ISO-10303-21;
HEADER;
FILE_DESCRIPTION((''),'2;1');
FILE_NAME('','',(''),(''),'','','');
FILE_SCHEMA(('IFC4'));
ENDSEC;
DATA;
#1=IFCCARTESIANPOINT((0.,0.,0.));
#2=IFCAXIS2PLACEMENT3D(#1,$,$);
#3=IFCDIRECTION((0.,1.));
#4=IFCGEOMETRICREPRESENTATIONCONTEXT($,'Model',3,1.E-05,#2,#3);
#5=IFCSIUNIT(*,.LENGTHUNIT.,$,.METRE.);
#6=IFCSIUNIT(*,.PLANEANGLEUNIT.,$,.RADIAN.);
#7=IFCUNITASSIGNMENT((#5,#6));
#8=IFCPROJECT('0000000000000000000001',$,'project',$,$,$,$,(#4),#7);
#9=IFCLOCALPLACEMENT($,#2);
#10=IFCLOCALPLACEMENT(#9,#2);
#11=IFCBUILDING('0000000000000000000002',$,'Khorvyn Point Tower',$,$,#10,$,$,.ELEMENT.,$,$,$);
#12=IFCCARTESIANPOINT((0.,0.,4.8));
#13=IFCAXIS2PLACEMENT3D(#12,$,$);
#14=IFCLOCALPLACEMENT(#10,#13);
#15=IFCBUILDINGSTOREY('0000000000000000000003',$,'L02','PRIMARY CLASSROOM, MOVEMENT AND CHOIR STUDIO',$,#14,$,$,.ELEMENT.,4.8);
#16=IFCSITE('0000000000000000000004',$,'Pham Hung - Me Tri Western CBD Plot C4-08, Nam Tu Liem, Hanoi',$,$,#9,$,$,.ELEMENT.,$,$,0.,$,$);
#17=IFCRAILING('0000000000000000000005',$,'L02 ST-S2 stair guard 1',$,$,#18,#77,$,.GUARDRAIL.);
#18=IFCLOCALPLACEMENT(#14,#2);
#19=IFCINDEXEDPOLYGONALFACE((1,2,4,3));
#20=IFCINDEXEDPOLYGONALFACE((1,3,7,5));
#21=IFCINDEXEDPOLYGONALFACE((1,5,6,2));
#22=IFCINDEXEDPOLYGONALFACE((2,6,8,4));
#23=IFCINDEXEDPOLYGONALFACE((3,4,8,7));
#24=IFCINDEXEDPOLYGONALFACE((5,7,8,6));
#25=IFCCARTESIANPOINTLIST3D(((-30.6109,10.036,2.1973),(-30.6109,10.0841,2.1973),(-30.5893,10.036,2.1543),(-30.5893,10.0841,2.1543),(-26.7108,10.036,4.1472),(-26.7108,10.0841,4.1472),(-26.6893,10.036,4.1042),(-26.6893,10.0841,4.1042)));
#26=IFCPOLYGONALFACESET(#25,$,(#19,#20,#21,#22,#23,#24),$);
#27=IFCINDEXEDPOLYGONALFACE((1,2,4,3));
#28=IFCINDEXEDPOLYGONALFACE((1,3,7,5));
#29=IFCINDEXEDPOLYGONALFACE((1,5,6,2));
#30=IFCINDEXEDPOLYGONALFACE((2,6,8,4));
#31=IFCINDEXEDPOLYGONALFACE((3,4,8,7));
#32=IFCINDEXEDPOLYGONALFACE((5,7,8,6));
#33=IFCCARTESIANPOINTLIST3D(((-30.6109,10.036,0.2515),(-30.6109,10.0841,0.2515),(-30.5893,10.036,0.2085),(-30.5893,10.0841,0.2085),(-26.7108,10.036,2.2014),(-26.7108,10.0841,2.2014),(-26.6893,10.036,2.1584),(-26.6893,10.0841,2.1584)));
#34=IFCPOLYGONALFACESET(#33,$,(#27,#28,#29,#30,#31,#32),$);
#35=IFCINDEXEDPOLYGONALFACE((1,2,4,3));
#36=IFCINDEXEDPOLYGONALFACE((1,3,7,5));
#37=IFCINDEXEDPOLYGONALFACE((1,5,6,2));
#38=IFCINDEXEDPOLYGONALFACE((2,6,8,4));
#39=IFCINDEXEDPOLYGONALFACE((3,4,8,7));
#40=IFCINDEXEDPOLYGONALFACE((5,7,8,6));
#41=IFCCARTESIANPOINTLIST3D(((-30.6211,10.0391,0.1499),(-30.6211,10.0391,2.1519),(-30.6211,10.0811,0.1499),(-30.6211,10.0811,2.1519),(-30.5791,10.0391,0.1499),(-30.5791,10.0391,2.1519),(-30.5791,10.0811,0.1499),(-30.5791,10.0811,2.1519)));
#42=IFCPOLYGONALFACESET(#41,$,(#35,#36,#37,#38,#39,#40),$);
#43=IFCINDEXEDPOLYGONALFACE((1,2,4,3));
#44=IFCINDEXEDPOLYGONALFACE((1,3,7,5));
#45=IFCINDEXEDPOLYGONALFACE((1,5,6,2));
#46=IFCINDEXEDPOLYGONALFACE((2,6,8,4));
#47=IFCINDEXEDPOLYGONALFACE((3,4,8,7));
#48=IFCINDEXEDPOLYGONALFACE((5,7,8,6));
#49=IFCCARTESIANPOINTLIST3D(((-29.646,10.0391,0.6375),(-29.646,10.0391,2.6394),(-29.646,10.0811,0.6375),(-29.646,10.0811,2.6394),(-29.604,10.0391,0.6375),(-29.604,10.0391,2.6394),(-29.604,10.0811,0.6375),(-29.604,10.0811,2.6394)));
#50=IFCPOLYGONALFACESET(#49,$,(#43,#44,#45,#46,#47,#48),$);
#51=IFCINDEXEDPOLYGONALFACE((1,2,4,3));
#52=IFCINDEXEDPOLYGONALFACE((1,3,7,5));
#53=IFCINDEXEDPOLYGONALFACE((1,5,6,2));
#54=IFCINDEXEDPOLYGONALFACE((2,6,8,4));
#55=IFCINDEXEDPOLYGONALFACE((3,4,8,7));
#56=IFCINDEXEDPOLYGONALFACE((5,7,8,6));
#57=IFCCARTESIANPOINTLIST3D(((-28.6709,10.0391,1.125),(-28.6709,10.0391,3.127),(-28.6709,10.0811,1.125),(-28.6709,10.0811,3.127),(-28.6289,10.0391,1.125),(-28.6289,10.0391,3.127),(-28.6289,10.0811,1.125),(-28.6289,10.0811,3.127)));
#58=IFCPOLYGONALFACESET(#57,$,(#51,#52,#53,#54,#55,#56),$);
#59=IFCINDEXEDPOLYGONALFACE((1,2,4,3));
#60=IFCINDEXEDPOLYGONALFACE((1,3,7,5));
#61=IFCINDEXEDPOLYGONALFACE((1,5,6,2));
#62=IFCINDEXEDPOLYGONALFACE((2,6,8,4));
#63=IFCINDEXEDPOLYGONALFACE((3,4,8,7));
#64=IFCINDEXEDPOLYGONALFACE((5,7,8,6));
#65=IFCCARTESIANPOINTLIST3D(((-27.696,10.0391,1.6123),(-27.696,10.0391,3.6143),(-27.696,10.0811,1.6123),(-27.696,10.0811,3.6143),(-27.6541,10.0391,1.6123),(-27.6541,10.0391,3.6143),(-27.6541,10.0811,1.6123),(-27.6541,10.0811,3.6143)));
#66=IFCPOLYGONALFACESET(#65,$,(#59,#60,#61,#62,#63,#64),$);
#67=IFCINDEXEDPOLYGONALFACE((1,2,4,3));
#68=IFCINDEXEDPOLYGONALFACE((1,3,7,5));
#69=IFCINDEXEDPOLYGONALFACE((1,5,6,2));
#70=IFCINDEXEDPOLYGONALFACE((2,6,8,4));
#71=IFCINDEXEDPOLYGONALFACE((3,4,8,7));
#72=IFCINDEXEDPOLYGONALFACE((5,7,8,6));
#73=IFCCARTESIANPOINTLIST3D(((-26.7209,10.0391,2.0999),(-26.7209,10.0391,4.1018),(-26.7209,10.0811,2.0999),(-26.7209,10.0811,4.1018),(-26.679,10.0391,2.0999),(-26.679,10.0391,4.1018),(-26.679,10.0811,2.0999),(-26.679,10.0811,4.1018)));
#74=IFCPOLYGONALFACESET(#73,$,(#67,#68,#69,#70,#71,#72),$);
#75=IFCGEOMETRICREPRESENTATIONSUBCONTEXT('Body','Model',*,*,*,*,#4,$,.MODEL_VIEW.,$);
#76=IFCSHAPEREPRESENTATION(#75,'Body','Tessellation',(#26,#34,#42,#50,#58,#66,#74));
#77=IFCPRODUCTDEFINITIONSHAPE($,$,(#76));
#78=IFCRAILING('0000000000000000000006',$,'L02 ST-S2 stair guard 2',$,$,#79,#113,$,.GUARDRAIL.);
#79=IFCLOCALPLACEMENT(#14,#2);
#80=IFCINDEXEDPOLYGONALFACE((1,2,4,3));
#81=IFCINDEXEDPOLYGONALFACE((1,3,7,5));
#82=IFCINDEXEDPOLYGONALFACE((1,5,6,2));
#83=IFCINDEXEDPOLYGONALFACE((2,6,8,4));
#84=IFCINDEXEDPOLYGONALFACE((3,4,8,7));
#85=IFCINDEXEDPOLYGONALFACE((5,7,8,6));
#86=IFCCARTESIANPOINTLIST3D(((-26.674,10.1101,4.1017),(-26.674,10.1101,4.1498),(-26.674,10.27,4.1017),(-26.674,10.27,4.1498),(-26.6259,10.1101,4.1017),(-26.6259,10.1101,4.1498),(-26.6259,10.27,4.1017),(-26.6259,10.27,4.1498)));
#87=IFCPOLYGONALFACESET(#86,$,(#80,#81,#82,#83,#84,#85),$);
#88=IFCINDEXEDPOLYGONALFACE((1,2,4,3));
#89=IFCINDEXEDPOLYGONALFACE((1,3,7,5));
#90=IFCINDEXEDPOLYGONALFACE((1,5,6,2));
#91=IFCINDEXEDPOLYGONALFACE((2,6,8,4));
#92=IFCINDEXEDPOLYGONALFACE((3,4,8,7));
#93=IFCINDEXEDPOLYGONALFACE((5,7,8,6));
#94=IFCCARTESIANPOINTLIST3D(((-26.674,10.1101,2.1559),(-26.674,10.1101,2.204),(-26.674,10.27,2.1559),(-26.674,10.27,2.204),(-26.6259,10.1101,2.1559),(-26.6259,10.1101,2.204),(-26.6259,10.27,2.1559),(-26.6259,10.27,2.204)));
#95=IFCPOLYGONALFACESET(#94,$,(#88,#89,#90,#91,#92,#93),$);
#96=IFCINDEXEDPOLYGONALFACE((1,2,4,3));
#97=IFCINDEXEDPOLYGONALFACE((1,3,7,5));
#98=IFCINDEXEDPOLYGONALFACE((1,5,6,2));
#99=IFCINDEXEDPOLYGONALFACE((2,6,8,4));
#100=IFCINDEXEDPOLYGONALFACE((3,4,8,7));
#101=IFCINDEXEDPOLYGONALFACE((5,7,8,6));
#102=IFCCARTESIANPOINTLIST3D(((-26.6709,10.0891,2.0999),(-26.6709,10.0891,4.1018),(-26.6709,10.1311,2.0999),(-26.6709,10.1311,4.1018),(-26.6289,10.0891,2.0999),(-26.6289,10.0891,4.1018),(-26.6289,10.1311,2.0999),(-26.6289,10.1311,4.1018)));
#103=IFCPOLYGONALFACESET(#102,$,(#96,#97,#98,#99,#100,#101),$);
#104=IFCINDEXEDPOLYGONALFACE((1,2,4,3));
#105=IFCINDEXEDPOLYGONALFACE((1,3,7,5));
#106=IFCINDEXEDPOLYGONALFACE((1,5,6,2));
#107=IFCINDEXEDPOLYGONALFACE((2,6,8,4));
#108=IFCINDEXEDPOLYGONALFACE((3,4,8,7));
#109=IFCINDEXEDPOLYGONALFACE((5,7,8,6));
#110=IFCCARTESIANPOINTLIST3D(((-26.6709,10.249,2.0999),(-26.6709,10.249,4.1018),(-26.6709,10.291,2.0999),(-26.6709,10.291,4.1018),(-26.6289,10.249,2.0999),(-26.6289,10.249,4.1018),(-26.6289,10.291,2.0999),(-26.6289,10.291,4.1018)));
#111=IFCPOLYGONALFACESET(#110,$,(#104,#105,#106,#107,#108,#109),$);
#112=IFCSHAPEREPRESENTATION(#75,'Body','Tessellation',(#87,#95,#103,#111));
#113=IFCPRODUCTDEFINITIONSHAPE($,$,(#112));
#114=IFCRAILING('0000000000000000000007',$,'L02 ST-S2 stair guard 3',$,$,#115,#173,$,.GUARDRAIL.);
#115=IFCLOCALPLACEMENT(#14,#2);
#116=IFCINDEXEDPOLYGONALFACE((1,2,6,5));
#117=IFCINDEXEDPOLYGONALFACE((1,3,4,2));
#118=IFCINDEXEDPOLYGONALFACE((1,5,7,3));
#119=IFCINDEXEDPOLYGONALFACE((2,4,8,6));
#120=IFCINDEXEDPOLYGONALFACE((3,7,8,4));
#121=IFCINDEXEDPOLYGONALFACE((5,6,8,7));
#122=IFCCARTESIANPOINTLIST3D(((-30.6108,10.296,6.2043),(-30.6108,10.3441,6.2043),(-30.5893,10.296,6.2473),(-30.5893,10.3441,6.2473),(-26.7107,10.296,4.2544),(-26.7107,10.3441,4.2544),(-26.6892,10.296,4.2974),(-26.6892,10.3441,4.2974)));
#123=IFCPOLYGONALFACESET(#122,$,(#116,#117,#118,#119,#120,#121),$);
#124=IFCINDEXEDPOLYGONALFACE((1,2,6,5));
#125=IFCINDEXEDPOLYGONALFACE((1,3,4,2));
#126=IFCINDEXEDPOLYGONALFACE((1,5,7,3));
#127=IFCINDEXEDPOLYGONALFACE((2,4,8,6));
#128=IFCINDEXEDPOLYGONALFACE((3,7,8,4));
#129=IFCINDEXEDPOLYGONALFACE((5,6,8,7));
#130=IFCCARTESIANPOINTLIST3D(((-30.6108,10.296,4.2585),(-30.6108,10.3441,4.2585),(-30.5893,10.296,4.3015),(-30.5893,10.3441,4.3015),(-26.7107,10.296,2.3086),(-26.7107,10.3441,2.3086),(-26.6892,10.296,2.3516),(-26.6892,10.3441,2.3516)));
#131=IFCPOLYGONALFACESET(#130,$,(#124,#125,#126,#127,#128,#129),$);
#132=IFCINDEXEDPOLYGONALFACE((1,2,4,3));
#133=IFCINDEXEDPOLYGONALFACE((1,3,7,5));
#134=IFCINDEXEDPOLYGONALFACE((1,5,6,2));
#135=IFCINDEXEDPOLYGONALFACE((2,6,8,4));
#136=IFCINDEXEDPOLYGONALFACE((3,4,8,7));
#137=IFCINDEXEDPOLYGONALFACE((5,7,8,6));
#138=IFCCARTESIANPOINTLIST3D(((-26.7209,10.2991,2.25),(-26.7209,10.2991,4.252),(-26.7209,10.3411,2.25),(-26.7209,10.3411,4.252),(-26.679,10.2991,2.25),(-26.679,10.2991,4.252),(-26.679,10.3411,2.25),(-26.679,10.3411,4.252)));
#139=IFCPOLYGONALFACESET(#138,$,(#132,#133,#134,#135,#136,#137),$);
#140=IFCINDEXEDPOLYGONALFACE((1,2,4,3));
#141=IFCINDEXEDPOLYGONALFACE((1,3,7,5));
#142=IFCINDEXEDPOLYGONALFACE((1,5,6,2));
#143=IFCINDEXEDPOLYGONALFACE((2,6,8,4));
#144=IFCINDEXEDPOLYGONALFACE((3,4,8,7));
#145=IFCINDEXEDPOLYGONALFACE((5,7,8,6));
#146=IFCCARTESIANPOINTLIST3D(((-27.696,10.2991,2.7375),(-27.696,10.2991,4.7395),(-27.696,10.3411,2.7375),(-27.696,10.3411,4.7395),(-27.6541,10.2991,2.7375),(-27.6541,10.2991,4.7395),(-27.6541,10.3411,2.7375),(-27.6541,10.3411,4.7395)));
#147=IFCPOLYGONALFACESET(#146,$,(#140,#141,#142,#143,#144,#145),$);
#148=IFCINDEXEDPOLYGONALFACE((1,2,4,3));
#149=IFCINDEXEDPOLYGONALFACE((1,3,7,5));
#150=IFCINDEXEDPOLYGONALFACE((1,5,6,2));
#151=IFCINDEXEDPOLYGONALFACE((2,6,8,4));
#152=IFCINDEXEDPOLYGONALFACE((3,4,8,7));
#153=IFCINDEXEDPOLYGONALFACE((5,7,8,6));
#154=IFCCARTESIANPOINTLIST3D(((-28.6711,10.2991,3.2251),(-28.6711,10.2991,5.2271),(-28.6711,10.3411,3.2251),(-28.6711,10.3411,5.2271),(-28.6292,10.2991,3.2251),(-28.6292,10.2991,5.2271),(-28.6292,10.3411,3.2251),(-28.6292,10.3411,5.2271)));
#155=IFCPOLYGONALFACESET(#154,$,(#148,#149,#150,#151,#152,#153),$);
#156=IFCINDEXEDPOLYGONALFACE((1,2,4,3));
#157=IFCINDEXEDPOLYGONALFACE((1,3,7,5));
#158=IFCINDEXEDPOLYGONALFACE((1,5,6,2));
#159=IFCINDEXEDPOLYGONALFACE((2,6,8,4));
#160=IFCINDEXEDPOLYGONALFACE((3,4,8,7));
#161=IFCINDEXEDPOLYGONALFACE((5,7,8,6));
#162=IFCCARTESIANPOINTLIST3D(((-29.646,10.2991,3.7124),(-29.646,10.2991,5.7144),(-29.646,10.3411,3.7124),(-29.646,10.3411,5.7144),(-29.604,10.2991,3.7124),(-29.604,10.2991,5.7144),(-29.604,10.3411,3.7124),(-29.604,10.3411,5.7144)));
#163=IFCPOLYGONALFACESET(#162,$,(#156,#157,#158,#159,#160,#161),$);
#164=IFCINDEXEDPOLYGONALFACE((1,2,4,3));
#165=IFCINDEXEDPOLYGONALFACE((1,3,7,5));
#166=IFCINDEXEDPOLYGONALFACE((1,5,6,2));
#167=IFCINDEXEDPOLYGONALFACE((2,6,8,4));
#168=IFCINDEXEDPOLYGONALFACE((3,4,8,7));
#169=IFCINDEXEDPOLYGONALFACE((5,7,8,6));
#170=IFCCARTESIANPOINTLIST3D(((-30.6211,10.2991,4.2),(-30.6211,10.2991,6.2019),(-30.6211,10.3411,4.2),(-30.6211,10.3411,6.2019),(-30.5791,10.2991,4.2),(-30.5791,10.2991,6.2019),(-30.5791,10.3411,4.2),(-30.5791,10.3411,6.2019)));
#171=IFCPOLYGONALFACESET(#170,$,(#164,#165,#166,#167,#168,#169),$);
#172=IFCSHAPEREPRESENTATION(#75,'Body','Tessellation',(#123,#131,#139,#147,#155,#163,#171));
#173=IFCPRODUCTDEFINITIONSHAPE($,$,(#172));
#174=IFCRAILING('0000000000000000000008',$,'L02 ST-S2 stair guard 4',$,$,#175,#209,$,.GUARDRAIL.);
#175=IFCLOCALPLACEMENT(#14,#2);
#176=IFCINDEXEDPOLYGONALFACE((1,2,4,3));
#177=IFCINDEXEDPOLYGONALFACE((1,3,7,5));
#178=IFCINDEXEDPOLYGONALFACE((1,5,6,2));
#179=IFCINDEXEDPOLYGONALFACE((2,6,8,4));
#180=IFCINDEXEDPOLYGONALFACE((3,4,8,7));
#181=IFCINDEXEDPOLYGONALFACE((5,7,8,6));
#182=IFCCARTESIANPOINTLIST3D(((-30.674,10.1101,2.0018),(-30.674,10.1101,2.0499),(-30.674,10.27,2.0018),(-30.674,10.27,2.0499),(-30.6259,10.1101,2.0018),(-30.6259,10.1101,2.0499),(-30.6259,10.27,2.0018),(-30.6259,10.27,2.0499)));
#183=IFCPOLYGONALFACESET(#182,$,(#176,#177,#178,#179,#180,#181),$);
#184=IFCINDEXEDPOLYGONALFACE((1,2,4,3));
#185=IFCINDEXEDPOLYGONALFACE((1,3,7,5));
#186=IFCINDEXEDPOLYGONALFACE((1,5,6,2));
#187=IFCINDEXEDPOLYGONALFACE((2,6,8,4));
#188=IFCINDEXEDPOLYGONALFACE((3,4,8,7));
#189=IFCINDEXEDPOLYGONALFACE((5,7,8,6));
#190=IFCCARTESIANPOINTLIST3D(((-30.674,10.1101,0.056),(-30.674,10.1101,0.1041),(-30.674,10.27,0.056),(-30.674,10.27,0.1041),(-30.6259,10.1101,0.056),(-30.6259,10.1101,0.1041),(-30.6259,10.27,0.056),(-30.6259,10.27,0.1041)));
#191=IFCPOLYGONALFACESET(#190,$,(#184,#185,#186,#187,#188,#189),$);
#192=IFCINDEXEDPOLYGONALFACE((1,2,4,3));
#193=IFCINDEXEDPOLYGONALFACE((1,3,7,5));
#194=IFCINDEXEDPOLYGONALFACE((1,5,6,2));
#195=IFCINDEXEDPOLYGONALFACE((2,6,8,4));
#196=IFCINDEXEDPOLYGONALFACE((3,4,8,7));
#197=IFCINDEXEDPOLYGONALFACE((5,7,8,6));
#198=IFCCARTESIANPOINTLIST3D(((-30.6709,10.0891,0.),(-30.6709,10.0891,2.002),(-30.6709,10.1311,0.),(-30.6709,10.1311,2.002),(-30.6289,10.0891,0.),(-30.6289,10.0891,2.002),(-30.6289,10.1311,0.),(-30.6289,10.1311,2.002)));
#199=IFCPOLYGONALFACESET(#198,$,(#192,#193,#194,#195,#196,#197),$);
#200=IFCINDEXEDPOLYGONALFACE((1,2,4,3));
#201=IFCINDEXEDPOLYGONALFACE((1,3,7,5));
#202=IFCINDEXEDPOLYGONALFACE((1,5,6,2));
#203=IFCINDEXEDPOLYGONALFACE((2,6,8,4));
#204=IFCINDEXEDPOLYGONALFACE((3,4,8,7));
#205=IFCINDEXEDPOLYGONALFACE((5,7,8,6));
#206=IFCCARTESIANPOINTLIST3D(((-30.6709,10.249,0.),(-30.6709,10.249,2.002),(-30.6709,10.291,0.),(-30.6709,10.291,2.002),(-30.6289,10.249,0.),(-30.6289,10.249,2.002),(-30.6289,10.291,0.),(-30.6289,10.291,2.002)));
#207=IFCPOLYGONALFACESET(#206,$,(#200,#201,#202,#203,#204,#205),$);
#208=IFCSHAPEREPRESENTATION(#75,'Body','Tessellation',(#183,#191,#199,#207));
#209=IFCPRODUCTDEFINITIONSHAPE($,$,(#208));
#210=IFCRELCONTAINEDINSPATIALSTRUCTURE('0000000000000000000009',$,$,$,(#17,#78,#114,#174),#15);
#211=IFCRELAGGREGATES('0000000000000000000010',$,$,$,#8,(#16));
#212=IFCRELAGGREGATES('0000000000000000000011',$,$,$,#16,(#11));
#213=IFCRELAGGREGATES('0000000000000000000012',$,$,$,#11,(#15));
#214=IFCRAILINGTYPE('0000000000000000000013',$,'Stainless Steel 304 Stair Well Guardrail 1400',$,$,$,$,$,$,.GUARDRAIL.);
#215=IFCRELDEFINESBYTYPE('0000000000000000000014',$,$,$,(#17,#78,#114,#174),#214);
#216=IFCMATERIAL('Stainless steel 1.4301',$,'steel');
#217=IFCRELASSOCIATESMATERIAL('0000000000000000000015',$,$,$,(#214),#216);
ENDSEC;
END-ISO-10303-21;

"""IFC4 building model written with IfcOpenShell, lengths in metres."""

from ifc_helpers import new_model, si_unit, direction, frame, origin, origin_2d, place, context, subcontext, project, spatial, rectangle, extrude, material, type_object, element, save


model = new_model("IFC4")

# Units and contexts
model_context = context("Model", 3, precision=1e-05, world=origin(), true_north=direction((0.0, 1.0)))
body_context = subcontext(model_context, "Body", "Model", "MODEL_VIEW")
ifc_project = project(units=[si_unit("LENGTHUNIT", "METRE"), si_unit("PLANEANGLEUNIT", "RADIAN")], contexts=[model_context])

# Site, building, storey
site_placement = place(None, origin())
site = spatial("IfcSite", under=ifc_project, at=site_placement, Name="Pham Hung - Me Tri Western CBD Plot C4-08, Nam Tu Liem, Hanoi", CompositionType="ELEMENT", RefElevation=0.0)
building_placement = place(site_placement, origin())
building = spatial("IfcBuilding", under=site, at=building_placement, Name="Khorvyn Point Tower", CompositionType="ELEMENT")
storey_placement = place(building_placement, frame((0.0, 0.0, 4.8)))
storey = spatial("IfcBuildingStorey", under=building, at=storey_placement, Name="L02", Description="PRIMARY CLASSROOM, MOVEMENT AND CHOIR STUDIO", CompositionType="ELEMENT", Elevation=4.8)

# Railings
ifc_material_1 = material(Name="Stainless steel 1.4301", Category="steel")
railing_type_1 = type_object("IfcRailingType", Name="Stainless Steel 304 Stair Well Guardrail 1400", PredefinedType="GUARDRAIL", material=ifc_material_1)
railing_1_placement = place(storey_placement, frame((-30.6001, 10.0601, 0.1499)))
element("IfcRailing", 1, at=railing_1_placement, inside=storey, type_object=railing_type_1, Name="L02 ST-S2 stair guard 1", PredefinedType="GUARDRAIL", context=body_context, shape_type="SweptSolid", body=[
    extrude(rectangle(XDim=0.0481, YDim=0.0481, at=origin_2d()), frame((0.0, 0.0, 2.0259), z_axis=(0.894438, 0.0, 0.447191), x_axis=(0.0, 1.0, 0.0)), (0.0, 0.0, 1.0), 4.3604),
    extrude(rectangle(XDim=0.0481, YDim=0.0481, at=origin_2d()), frame((0.0, 0.0, 0.0801), z_axis=(0.894438, 0.0, 0.447191), x_axis=(0.0, 1.0, 0.0)), (0.0, 0.0, 1.0), 4.3604),
    extrude(rectangle(XDim=0.042, YDim=0.042, at=origin_2d()), origin(), (0.0, 0.0, 1.0), 2.002),
    extrude(rectangle(XDim=0.042, YDim=0.042, at=origin_2d()), frame((0.9751, 0.0, 0.4875)), (0.0, 0.0, 1.0), 2.002),
    extrude(rectangle(XDim=0.042, YDim=0.042, at=origin_2d()), frame((1.9502, 0.0, 0.9751)), (0.0, 0.0, 1.0), 2.002),
    extrude(rectangle(XDim=0.042, YDim=0.042, at=origin_2d()), frame((2.925, 0.0, 1.4624)), (0.0, 0.0, 1.0), 2.002),
    extrude(rectangle(XDim=0.042, YDim=0.042, at=origin_2d()), frame((3.9001, 0.0, 1.95)), (0.0, 0.0, 1.0), 2.002),
])
railing_2_placement = place(storey_placement, frame((-26.6499, 10.1101, 2.0999)))
element("IfcRailing", 2, at=railing_2_placement, inside=storey, type_object=railing_type_1, Name="L02 ST-S2 stair guard 2", PredefinedType="GUARDRAIL", context=body_context, shape_type="SweptSolid", body=[
    extrude(rectangle(XDim=0.0481, YDim=0.0481, at=origin_2d()), frame((0.0, 0.0, 2.0259), z_axis=(0.0, 1.0, 0.0), x_axis=(-1.0, 0.0, 0.0)), (0.0, 0.0, 1.0), 0.1599),
    extrude(rectangle(XDim=0.0481, YDim=0.0481, at=origin_2d()), frame((0.0, 0.0, 0.0801), z_axis=(0.0, 1.0, 0.0), x_axis=(-1.0, 0.0, 0.0)), (0.0, 0.0, 1.0), 0.1599),
    extrude(rectangle(XDim=0.042, YDim=0.042, at=origin_2d()), origin(), (0.0, 0.0, 1.0), 2.002),
    extrude(rectangle(XDim=0.042, YDim=0.042, at=origin_2d()), frame((0.0, 0.1599, 0.0)), (0.0, 0.0, 1.0), 2.002),
])
railing_3_placement = place(storey_placement, frame((-26.7, 10.3201, 2.25)))
element("IfcRailing", 3, at=railing_3_placement, inside=storey, type_object=railing_type_1, Name="L02 ST-S2 stair guard 3", PredefinedType="GUARDRAIL", context=body_context, shape_type="SweptSolid", body=[
    extrude(rectangle(XDim=0.0481, YDim=0.0481, at=origin_2d()), frame((0.0, 0.0, 2.0259), z_axis=(-0.894438, 0.0, 0.447191), x_axis=(0.0, -1.0, 0.0)), (0.0, 0.0, 1.0), 4.3604),
    extrude(rectangle(XDim=0.0481, YDim=0.0481, at=origin_2d()), frame((0.0, 0.0, 0.0801), z_axis=(-0.894438, 0.0, 0.447191), x_axis=(0.0, -1.0, 0.0)), (0.0, 0.0, 1.0), 4.3604),
    extrude(rectangle(XDim=0.042, YDim=0.042, at=origin_2d()), origin(), (0.0, 0.0, 1.0), 2.002),
    extrude(rectangle(XDim=0.042, YDim=0.042, at=origin_2d()), frame((-0.9751, 0.0, 0.4875)), (0.0, 0.0, 1.0), 2.002),
    extrude(rectangle(XDim=0.042, YDim=0.042, at=origin_2d()), frame((-1.9502, 0.0, 0.9751)), (0.0, 0.0, 1.0), 2.002),
    extrude(rectangle(XDim=0.042, YDim=0.042, at=origin_2d()), frame((-2.925, 0.0, 1.4624)), (0.0, 0.0, 1.0), 2.002),
    extrude(rectangle(XDim=0.042, YDim=0.042, at=origin_2d()), frame((-3.9001, 0.0, 1.95)), (0.0, 0.0, 1.0), 2.002),
])
railing_4_placement = place(storey_placement, frame((-30.6499, 10.1101, 0.0)))
element("IfcRailing", 4, at=railing_4_placement, inside=storey, type_object=railing_type_1, Name="L02 ST-S2 stair guard 4", PredefinedType="GUARDRAIL", context=body_context, shape_type="SweptSolid", body=[
    extrude(rectangle(XDim=0.0481, YDim=0.0481, at=origin_2d()), frame((0.0, 0.0, 2.0259), z_axis=(0.0, 1.0, 0.0), x_axis=(-1.0, 0.0, 0.0)), (0.0, 0.0, 1.0), 0.1599),
    extrude(rectangle(XDim=0.0481, YDim=0.0481, at=origin_2d()), frame((0.0, 0.0, 0.0801), z_axis=(0.0, 1.0, 0.0), x_axis=(-1.0, 0.0, 0.0)), (0.0, 0.0, 1.0), 0.1599),
    extrude(rectangle(XDim=0.042, YDim=0.042, at=origin_2d()), origin(), (0.0, 0.0, 1.0), 2.002),
    extrude(rectangle(XDim=0.042, YDim=0.042, at=origin_2d()), frame((0.0, 0.1599, 0.0)), (0.0, 0.0, 1.0), 2.002),
])

save(model, "model.ifc")
